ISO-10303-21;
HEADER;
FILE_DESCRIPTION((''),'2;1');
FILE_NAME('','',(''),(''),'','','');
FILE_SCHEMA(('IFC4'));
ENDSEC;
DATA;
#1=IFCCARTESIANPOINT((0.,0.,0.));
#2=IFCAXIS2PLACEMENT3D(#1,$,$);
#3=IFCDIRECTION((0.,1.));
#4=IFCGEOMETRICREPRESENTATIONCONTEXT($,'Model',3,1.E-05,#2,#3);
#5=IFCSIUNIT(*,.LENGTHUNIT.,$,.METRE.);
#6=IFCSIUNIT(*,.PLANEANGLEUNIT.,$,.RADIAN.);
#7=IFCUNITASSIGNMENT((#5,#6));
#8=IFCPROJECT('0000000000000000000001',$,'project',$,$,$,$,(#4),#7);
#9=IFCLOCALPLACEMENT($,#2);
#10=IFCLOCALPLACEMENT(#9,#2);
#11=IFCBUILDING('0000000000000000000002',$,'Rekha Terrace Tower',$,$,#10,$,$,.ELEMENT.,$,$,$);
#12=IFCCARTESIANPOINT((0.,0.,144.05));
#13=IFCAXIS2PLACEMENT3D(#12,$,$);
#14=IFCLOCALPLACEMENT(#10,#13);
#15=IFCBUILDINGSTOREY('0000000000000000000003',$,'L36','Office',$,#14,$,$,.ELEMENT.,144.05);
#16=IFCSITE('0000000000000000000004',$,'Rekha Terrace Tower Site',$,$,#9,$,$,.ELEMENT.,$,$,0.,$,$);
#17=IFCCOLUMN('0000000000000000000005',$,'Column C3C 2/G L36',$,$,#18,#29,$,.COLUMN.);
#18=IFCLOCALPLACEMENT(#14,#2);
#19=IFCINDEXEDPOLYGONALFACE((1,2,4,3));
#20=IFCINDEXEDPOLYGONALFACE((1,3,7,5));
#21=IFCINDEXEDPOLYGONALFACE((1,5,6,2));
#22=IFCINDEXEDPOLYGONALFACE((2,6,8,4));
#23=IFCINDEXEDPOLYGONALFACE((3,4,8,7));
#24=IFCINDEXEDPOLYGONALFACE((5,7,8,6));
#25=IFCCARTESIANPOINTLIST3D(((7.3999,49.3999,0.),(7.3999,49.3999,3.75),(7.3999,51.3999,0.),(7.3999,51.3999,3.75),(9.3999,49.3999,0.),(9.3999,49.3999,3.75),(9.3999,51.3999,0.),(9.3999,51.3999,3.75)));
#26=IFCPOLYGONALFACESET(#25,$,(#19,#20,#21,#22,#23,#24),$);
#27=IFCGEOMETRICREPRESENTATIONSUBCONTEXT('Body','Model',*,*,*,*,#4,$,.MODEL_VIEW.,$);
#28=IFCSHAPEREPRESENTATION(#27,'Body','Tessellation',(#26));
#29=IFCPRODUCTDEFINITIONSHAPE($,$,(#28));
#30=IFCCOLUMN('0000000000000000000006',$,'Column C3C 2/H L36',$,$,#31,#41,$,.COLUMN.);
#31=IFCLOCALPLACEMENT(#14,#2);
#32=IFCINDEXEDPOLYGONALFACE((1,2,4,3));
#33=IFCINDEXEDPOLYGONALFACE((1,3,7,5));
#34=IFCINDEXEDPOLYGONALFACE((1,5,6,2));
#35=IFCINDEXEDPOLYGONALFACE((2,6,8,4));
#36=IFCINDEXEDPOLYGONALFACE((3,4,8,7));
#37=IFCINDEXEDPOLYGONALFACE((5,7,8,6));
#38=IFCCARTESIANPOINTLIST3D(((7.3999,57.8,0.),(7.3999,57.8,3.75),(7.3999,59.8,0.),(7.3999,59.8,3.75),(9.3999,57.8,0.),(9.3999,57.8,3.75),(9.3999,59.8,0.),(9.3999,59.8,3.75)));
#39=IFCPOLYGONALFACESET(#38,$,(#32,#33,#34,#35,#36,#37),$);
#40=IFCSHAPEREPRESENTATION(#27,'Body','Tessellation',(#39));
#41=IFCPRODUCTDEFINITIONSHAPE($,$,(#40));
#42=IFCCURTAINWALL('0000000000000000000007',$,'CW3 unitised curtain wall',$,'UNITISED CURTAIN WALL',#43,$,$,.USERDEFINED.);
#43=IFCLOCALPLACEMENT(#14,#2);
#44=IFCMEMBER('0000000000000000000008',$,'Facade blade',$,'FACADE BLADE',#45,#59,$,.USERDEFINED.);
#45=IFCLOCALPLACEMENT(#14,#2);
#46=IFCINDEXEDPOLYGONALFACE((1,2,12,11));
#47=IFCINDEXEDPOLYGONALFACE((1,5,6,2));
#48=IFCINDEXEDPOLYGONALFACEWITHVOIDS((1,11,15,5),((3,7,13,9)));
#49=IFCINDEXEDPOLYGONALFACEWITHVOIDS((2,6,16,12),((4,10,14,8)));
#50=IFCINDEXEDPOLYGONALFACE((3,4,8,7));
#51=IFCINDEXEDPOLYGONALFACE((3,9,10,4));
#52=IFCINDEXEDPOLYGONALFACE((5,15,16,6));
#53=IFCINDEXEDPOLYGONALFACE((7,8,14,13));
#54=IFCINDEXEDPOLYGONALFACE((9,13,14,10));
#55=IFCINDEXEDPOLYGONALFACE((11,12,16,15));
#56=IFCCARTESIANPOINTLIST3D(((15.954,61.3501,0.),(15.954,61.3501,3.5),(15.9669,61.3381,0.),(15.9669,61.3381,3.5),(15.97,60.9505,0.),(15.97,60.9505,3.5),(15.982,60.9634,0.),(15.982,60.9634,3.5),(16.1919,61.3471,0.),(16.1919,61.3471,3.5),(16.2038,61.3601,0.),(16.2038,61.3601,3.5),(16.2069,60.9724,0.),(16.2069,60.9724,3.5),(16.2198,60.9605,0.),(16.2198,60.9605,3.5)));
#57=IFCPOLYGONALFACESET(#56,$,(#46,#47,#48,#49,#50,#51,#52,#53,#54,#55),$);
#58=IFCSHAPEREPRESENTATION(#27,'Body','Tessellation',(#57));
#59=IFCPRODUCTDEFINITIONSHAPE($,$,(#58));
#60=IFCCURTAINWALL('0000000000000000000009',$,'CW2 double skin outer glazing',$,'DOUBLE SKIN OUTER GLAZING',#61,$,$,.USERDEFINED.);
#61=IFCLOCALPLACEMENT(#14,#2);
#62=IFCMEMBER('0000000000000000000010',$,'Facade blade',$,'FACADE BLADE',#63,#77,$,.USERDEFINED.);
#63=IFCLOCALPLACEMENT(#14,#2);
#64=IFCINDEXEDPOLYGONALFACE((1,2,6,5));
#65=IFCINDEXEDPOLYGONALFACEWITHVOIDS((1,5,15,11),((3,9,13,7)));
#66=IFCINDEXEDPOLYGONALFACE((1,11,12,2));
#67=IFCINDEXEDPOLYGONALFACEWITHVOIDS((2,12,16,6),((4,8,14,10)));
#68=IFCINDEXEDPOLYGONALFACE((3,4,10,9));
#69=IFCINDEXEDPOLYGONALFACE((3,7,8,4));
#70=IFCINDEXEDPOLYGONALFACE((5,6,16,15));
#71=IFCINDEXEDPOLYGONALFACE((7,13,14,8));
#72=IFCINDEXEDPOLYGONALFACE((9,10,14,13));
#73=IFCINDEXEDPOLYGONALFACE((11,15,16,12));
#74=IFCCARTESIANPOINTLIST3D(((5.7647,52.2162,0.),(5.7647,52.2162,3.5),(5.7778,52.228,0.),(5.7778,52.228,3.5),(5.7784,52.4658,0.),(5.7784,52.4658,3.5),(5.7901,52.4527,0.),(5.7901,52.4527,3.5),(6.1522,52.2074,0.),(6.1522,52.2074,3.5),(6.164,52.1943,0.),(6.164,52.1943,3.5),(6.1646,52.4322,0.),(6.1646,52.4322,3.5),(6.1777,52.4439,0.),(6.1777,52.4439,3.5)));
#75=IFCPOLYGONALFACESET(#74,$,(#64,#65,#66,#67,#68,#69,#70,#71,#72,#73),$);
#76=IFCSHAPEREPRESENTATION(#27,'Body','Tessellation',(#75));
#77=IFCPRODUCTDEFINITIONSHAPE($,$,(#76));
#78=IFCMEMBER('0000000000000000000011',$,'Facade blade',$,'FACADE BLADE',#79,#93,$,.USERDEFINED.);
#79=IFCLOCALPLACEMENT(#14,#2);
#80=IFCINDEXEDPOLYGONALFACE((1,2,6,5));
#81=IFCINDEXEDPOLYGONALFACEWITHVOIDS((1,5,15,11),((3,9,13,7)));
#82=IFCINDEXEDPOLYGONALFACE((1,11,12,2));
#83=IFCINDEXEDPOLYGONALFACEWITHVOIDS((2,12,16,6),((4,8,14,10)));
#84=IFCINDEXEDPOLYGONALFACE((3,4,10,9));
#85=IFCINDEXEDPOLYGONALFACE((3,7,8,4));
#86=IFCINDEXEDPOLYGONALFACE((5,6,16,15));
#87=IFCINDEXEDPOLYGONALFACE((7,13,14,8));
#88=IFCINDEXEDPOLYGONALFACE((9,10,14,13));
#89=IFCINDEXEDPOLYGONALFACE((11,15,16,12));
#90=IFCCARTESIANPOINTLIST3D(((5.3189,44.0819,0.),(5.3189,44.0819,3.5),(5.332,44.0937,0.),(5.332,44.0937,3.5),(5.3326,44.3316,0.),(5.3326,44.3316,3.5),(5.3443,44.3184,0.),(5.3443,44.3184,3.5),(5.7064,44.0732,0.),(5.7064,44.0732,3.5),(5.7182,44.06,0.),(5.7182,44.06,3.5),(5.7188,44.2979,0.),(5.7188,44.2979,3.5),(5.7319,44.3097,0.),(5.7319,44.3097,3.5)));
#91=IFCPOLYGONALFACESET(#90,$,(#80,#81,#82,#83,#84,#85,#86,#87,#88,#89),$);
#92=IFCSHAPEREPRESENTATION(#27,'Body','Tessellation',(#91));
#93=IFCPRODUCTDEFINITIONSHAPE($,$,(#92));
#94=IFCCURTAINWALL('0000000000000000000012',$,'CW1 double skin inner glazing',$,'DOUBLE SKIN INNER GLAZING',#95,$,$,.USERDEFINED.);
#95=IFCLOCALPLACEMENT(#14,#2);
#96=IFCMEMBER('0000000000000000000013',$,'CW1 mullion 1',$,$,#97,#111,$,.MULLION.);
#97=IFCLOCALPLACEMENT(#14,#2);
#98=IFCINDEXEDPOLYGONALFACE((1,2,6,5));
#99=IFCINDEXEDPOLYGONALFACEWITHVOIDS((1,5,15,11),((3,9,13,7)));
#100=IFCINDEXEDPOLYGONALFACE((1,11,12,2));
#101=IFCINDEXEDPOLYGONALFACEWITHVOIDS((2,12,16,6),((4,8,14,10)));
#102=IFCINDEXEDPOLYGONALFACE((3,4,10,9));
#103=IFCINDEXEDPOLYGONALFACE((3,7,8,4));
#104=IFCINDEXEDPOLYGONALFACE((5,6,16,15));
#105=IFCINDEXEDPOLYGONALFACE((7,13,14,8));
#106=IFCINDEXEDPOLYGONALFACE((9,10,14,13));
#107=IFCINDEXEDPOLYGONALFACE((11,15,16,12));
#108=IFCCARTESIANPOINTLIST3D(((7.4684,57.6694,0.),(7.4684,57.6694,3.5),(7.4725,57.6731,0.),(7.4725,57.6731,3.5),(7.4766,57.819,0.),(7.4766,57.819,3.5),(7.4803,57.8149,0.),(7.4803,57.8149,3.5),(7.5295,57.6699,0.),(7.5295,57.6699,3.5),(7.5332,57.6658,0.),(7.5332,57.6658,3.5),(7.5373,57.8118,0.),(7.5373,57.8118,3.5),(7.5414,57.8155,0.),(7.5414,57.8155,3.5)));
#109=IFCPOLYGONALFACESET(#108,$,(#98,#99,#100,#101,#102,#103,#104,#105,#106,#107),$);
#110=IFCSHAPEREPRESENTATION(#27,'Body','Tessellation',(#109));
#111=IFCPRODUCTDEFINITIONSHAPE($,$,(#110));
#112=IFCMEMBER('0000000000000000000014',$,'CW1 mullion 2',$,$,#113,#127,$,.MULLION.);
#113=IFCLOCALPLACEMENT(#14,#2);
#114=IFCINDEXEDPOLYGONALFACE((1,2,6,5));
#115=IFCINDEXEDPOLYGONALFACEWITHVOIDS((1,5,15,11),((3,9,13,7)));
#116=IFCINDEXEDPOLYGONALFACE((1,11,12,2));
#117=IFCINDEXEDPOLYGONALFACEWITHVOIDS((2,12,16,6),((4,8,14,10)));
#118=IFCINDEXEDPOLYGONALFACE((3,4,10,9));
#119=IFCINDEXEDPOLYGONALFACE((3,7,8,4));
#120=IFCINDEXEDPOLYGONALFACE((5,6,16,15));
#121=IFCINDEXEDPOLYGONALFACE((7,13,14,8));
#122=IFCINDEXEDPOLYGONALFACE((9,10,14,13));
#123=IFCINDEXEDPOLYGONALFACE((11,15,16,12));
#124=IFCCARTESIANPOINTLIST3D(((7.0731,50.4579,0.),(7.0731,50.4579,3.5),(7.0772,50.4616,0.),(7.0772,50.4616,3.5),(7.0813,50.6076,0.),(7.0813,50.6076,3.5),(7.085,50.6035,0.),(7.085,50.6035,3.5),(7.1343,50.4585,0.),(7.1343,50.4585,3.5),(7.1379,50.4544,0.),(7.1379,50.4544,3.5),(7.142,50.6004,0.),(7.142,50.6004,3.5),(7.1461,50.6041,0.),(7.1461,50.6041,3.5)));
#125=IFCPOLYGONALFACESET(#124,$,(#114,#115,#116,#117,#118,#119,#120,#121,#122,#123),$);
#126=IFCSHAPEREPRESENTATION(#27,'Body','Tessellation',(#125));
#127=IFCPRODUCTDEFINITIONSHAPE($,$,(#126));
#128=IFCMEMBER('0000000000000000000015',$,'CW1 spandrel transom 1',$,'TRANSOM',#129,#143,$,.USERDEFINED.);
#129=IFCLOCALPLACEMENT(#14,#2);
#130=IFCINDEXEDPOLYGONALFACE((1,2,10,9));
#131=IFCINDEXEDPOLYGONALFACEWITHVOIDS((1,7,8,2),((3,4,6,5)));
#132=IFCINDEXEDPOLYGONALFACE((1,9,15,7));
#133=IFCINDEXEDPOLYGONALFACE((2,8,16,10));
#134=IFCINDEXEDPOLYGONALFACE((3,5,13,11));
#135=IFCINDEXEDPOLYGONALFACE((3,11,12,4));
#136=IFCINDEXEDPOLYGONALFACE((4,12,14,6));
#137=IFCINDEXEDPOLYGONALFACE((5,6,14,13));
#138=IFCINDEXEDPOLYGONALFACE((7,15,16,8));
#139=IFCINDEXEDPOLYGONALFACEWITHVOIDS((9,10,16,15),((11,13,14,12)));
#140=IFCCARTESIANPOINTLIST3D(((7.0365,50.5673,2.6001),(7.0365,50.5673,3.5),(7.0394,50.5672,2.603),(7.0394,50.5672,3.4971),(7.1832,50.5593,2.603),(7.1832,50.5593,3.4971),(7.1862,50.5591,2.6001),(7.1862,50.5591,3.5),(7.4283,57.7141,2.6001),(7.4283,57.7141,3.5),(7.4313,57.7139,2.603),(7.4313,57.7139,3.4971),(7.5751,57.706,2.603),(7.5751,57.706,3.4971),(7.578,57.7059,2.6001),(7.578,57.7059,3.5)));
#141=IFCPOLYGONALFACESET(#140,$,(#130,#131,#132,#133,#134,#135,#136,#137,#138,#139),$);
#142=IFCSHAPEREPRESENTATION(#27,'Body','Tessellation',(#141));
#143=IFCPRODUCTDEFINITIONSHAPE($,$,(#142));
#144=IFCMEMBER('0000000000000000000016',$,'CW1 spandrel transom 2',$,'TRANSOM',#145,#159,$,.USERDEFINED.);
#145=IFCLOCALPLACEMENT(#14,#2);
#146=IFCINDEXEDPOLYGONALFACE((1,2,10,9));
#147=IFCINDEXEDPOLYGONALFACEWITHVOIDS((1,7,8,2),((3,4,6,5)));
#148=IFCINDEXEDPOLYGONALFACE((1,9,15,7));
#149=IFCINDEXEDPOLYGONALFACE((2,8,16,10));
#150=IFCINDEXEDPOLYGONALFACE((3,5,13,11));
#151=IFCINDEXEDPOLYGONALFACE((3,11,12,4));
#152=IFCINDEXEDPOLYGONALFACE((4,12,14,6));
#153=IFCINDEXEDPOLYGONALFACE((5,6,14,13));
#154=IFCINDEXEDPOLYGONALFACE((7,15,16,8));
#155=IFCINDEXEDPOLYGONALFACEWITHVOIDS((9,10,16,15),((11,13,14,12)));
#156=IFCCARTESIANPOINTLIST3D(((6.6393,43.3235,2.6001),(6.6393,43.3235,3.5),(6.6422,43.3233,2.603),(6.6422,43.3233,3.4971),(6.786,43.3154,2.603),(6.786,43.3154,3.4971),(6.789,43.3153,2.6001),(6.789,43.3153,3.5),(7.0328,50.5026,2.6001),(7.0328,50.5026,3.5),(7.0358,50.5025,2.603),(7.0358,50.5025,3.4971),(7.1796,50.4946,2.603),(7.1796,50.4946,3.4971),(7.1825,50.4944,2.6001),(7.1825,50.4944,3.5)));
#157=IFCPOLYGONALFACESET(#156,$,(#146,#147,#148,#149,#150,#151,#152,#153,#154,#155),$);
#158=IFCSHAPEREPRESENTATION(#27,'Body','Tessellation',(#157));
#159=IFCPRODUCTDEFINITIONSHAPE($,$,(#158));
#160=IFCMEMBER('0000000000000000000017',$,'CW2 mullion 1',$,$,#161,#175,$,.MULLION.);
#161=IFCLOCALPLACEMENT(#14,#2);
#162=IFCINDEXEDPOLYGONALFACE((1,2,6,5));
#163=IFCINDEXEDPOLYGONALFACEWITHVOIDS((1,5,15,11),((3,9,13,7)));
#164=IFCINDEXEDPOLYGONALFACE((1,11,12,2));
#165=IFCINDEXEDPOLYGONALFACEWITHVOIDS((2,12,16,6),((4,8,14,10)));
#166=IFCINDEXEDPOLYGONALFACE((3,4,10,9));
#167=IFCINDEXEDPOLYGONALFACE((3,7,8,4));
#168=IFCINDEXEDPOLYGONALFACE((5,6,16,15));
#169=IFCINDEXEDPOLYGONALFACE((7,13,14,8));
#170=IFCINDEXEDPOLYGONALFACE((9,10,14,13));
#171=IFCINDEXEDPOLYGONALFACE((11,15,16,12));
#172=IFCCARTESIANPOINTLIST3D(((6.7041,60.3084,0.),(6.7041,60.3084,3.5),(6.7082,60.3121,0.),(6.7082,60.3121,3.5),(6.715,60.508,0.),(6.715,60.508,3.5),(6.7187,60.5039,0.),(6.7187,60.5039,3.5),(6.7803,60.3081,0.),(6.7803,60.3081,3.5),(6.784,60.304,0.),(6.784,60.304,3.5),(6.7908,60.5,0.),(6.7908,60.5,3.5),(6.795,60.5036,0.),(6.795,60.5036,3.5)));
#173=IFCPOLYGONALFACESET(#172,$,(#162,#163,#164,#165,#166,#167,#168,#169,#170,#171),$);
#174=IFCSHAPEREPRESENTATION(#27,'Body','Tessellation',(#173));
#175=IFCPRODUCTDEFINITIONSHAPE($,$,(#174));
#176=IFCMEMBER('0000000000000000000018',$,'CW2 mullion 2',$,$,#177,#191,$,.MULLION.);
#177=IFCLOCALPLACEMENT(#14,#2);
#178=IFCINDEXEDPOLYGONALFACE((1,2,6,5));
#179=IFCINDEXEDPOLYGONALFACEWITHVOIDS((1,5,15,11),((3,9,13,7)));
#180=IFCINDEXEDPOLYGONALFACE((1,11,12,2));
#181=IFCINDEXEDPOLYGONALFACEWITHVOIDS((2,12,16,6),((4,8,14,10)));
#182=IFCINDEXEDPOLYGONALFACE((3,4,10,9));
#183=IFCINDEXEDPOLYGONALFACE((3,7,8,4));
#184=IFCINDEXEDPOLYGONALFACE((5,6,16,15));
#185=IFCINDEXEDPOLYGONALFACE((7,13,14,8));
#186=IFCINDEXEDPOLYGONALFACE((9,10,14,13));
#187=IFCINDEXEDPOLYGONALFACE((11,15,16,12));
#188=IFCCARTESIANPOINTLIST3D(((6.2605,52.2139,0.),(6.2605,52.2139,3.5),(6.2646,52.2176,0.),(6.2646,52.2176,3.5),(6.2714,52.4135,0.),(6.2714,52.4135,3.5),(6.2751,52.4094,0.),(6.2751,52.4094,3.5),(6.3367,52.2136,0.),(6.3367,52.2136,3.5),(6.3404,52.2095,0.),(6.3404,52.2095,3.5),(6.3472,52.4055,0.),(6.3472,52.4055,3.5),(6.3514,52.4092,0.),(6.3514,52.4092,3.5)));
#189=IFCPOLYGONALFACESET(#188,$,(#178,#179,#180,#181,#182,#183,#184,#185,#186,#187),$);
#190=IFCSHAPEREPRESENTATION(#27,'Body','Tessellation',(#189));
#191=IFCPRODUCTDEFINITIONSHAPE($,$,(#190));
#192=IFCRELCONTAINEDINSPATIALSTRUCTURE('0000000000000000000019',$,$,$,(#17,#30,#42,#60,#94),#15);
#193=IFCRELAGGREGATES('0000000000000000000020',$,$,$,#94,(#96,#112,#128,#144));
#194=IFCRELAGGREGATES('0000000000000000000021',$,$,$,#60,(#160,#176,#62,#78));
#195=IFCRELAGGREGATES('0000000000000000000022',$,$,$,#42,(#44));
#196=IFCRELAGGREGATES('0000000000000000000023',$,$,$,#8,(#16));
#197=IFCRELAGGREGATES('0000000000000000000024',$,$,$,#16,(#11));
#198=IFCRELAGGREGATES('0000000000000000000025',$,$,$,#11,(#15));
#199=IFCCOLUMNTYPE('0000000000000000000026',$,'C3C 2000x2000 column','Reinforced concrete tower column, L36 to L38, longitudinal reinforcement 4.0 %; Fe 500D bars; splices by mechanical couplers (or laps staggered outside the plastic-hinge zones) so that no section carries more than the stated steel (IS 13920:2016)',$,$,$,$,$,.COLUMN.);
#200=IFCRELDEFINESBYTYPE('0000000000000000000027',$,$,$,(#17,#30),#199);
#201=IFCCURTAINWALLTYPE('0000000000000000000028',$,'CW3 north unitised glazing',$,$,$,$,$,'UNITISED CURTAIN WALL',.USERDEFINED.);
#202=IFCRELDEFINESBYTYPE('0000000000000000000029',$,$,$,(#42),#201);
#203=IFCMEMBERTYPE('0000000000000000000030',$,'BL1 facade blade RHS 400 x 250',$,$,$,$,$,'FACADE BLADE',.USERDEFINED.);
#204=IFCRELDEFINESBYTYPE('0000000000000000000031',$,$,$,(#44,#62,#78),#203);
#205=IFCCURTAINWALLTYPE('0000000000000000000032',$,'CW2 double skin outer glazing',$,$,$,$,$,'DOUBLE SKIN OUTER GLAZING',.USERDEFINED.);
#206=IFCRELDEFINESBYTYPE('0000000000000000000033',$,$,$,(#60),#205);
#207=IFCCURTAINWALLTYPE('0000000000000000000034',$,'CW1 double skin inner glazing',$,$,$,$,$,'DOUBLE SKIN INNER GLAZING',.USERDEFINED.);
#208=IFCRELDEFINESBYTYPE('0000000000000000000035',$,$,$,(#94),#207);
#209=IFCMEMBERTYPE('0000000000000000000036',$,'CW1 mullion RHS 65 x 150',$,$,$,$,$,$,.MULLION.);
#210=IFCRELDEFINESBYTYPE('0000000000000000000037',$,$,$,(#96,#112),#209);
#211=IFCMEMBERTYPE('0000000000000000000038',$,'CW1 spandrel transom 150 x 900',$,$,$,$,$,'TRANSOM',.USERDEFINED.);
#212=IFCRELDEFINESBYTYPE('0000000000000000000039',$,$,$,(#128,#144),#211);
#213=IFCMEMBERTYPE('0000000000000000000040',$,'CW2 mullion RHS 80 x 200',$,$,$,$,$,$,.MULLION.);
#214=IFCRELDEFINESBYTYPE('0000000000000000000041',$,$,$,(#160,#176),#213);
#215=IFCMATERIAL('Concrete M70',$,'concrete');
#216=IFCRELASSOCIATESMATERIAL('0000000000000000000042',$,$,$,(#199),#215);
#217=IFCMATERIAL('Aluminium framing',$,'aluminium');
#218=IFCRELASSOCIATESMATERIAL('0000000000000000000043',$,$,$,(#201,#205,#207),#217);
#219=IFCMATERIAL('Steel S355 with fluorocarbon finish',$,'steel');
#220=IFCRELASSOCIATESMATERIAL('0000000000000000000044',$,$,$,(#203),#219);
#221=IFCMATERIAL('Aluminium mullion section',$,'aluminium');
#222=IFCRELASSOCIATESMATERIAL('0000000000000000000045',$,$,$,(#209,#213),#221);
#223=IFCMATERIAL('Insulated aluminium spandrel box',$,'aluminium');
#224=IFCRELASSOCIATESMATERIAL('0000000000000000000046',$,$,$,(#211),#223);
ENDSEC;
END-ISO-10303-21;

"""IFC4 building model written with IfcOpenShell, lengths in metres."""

from ifc_helpers import new_model, si_unit, direction, frame, origin, origin_2d, place, context, subcontext, project, spatial, rectangle, hollow_rectangle, extrude, material, material_profile, profile_set, type_object, element, aggregate, save


model = new_model("IFC4")

# Units and contexts
model_context = context("Model", 3, precision=1e-05, world=origin(), true_north=direction((0.0, 1.0)))
body_context = subcontext(model_context, "Body", "Model", "MODEL_VIEW")
ifc_project = project(units=[si_unit("LENGTHUNIT", "METRE"), si_unit("PLANEANGLEUNIT", "RADIAN")], contexts=[model_context])

# Site, building, storey
site_placement = place(None, origin())
site = spatial("IfcSite", under=ifc_project, at=site_placement, Name="Rekha Terrace Tower Site", CompositionType="ELEMENT", RefElevation=0.0)
building_placement = place(site_placement, origin())
building = spatial("IfcBuilding", under=site, at=building_placement, Name="Rekha Terrace Tower", CompositionType="ELEMENT")
storey_placement = place(building_placement, frame((0.0, 0.0, 144.05)))
storey = spatial("IfcBuildingStorey", under=building, at=storey_placement, Name="L36", Description="Office", CompositionType="ELEMENT", Elevation=144.05)

# Columns
ifc_material_1 = material(Name="Concrete M70", Category="concrete")
ifc_material_profile_1 = material_profile(ifc_material_1, rectangle(XDim=2.0, YDim=2.0, at=origin_2d()), Name="RC 2000x2000")
ifc_profile_set_1 = profile_set([ifc_material_profile_1], Name="Concrete M70")
column_type = type_object("IfcColumnType", Name="C3C 2000x2000 column", Description="Reinforced concrete tower column, L36 to L38, longitudinal reinforcement 4.0 %; Fe 500D bars; splices by mechanical couplers (or laps staggered outside the plastic-hinge zones) so that no section carries more than the stated steel (IS 13920:2016)", PredefinedType="COLUMN", material=ifc_profile_set_1)
for number, where, z_axis, x_axis, name in (
    (1, (8.3999, 50.3999, 0.0), (0.0, 0.0, 1.0), (1.0, 0.0, 0.0), "Column C3C 2/G L36"),
    (2, (8.3999, 58.8, 0.0), (0.0, 0.0, 1.0), (1.0, 0.0, 0.0), "Column C3C 2/H L36"),
):
    element("IfcColumn", number, at=place(storey_placement, frame(where, z_axis=z_axis, x_axis=x_axis)), inside=storey, type_object=column_type, Name=name, PredefinedType="COLUMN", context=body_context, shape_type="SweptSolid", body=[
        extrude(rectangle(XDim=2.0, YDim=2.0, at=origin_2d()), origin(), (0.0, 0.0, 1.0), 3.75),
    ])

# Curtain wall, member
ifc_material_2 = material(Name="Aluminium framing", Category="aluminium")
curtain_wall_type_1 = type_object("IfcCurtainWallType", Name="CW3 north unitised glazing", ElementType="UNITISED CURTAIN WALL", PredefinedType="USERDEFINED", material=ifc_material_2)
curtain_wall_1_placement = place(storey_placement, origin())
curtain_wall_1 = element("IfcCurtainWall", 3, at=curtain_wall_1_placement, inside=storey, type_object=curtain_wall_type_1, Name="CW3 unitised curtain wall", ObjectType="UNITISED CURTAIN WALL", PredefinedType="USERDEFINED")
ifc_material_3 = material(Name="Steel S355 with fluorocarbon finish", Category="steel")
ifc_material_profile_2 = material_profile(ifc_material_3, hollow_rectangle(XDim=0.25, YDim=0.3999, WallThickness=0.0125, at=origin_2d()), Name="RHS400x250x12.5")
ifc_profile_set_2 = profile_set([ifc_material_profile_2], Name="Steel S355 with fluorocarbon finish")
member_type_1 = type_object("IfcMemberType", Name="BL1 facade blade RHS 400 x 250", ElementType="FACADE BLADE", PredefinedType="USERDEFINED", material=ifc_profile_set_2)
member_1_placement = place(storey_placement, frame((16.0869, 61.1553, 0.0), z_axis=(0.0, 0.0, 1.0), x_axis=(-0.999198, -0.040032, 0.0)))
member_1 = element("IfcMember", 4, at=member_1_placement, type_object=member_type_1, Name="Facade blade", ObjectType="FACADE BLADE", PredefinedType="USERDEFINED", context=body_context, shape_type="SweptSolid", body=[
    extrude(hollow_rectangle(XDim=0.25, YDim=0.3999, WallThickness=0.0125, at=origin_2d()), origin(), (0.0, 0.0, 1.0), 3.5),
])

# Curtain walls, members
curtain_wall_type_2 = type_object("IfcCurtainWallType", Name="CW2 double skin outer glazing", ElementType="DOUBLE SKIN OUTER GLAZING", PredefinedType="USERDEFINED", material=ifc_material_2)
curtain_wall_2_placement = place(storey_placement, origin())
curtain_wall_2 = element("IfcCurtainWall", 5, at=curtain_wall_2_placement, inside=storey, type_object=curtain_wall_type_2, Name="CW2 double skin outer glazing", ObjectType="DOUBLE SKIN OUTER GLAZING", PredefinedType="USERDEFINED")
member_2_placement = place(storey_placement, frame((5.9712, 52.3301, 0.0), z_axis=(0.0, 0.0, 1.0), x_axis=(-0.054743, -0.9985, 0.0)))
member_2 = element("IfcMember", 6, at=member_2_placement, type_object=member_type_1, Name="Facade blade", ObjectType="FACADE BLADE", PredefinedType="USERDEFINED", context=body_context, shape_type="SweptSolid", body=[
    extrude(hollow_rectangle(XDim=0.25, YDim=0.3999, WallThickness=0.0125, at=origin_2d()), origin(), (0.0, 0.0, 1.0), 3.5),
])
member_3_placement = place(storey_placement, frame((5.5254, 44.1958, 0.0), z_axis=(0.0, 0.0, 1.0), x_axis=(-0.054743, -0.9985, 0.0)))
member_3 = element("IfcMember", 7, at=member_3_placement, type_object=member_type_1, Name="Facade blade", ObjectType="FACADE BLADE", PredefinedType="USERDEFINED", context=body_context, shape_type="SweptSolid", body=[
    extrude(hollow_rectangle(XDim=0.25, YDim=0.3999, WallThickness=0.0125, at=origin_2d()), origin(), (0.0, 0.0, 1.0), 3.5),
])
curtain_wall_type_3 = type_object("IfcCurtainWallType", Name="CW1 double skin inner glazing", ElementType="DOUBLE SKIN INNER GLAZING", PredefinedType="USERDEFINED", material=ifc_material_2)
curtain_wall_3_placement = place(storey_placement, origin())
curtain_wall_3 = element("IfcCurtainWall", 8, at=curtain_wall_3_placement, inside=storey, type_object=curtain_wall_type_3, Name="CW1 double skin inner glazing", ObjectType="DOUBLE SKIN INNER GLAZING", PredefinedType="USERDEFINED")
ifc_material_4 = material(Name="Aluminium mullion section", Category="aluminium")
ifc_material_profile_3 = material_profile(ifc_material_4, hollow_rectangle(XDim=0.0649, YDim=0.1499, WallThickness=0.0039, at=origin_2d()), Name="AL RHS 65x150")
ifc_profile_set_3 = profile_set([ifc_material_profile_3], Name="Aluminium mullion section")
member_type_2 = type_object("IfcMemberType", Name="CW1 mullion RHS 65 x 150", PredefinedType="MULLION", material=ifc_profile_set_3)
member_4_placement = place(storey_placement, frame((7.5049, 57.7424, 0.0), z_axis=(0.0, 0.0, 1.0), x_axis=(0.998501, -0.054742, 0.0)))
member_4 = element("IfcMember", 9, at=member_4_placement, type_object=member_type_2, Name="CW1 mullion 1", PredefinedType="MULLION", context=body_context, shape_type="SweptSolid", body=[
    extrude(hollow_rectangle(XDim=0.0649, YDim=0.1499, WallThickness=0.0039, at=origin_2d()), origin(), (0.0, 0.0, 1.0), 3.5),
])
member_5_placement = place(storey_placement, frame((7.1096, 50.531, 0.0), z_axis=(0.0, 0.0, 1.0), x_axis=(0.998501, -0.054742, 0.0)))
member_5 = element("IfcMember", 10, at=member_5_placement, type_object=member_type_2, Name="CW1 mullion 2", PredefinedType="MULLION", context=body_context, shape_type="SweptSolid", body=[
    extrude(hollow_rectangle(XDim=0.0649, YDim=0.1499, WallThickness=0.0039, at=origin_2d()), origin(), (0.0, 0.0, 1.0), 3.5),
])
ifc_material_5 = material(Name="Insulated aluminium spandrel box", Category="aluminium")
ifc_material_profile_4 = material_profile(ifc_material_5, hollow_rectangle(XDim=0.1499, YDim=0.8999, WallThickness=0.0029, at=origin_2d()), Name="AL SPANDREL BOX 150x900")
ifc_profile_set_4 = profile_set([ifc_material_profile_4], Name="Insulated aluminium spandrel box")
member_type_3 = type_object("IfcMemberType", Name="CW1 spandrel transom 150 x 900", ElementType="TRANSOM", PredefinedType="USERDEFINED", material=ifc_profile_set_4)
member_6_placement = place(storey_placement, frame((7.5032, 57.71, 3.05), z_axis=(-0.054746, -0.9985, 0.0), x_axis=(0.9985, -0.054746, 0.0)))
member_6 = element("IfcMember", 11, at=member_6_placement, type_object=member_type_3, Name="CW1 spandrel transom 1", ObjectType="TRANSOM", PredefinedType="USERDEFINED", context=body_context, shape_type="SweptSolid", body=[
    extrude(hollow_rectangle(XDim=0.1499, YDim=0.8999, WallThickness=0.0029, at=origin_2d()), origin(), (0.0, 0.0, 1.0), 7.1575),
])
member_7_placement = place(storey_placement, frame((7.1077, 50.4985, 3.05), z_axis=(-0.054737, -0.998501, 0.0), x_axis=(0.998501, -0.054737, 0.0)))
member_7 = element("IfcMember", 12, at=member_7_placement, type_object=member_type_3, Name="CW1 spandrel transom 2", ObjectType="TRANSOM", PredefinedType="USERDEFINED", context=body_context, shape_type="SweptSolid", body=[
    extrude(hollow_rectangle(XDim=0.1499, YDim=0.8999, WallThickness=0.0029, at=origin_2d()), origin(), (0.0, 0.0, 1.0), 7.1899),
])

# Members
ifc_material_profile_5 = material_profile(ifc_material_4, hollow_rectangle(XDim=0.0801, YDim=0.2, WallThickness=0.0039, at=origin_2d()), Name="AL RHS 80x200")
ifc_profile_set_5 = profile_set([ifc_material_profile_5], Name="Aluminium mullion section")
member_type_4 = type_object("IfcMemberType", Name="CW2 mullion RHS 80 x 200", PredefinedType="MULLION", material=ifc_profile_set_5)
member_8_placement = place(storey_placement, frame((6.7495, 60.406, 0.0), z_axis=(0.0, 0.0, 1.0), x_axis=(0.998501, -0.054742, 0.0)))
member_8 = element("IfcMember", 13, at=member_8_placement, type_object=member_type_4, Name="CW2 mullion 1", PredefinedType="MULLION", context=body_context, shape_type="SweptSolid", body=[
    extrude(hollow_rectangle(XDim=0.0801, YDim=0.2, WallThickness=0.0039, at=origin_2d()), origin(), (0.0, 0.0, 1.0), 3.5),
])
member_9_placement = place(storey_placement, frame((6.3059, 52.3115, 0.0), z_axis=(0.0, 0.0, 1.0), x_axis=(0.998501, -0.054742, 0.0)))
member_9 = element("IfcMember", 14, at=member_9_placement, type_object=member_type_4, Name="CW2 mullion 2", PredefinedType="MULLION", context=body_context, shape_type="SweptSolid", body=[
    extrude(hollow_rectangle(XDim=0.0801, YDim=0.2, WallThickness=0.0039, at=origin_2d()), origin(), (0.0, 0.0, 1.0), 3.5),
])

aggregate(curtain_wall_3, [member_4, member_5, member_6, member_7])
aggregate(curtain_wall_2, [member_8, member_9, member_2, member_3])
aggregate(curtain_wall_1, [member_1])

save(model, "model.ifc")
